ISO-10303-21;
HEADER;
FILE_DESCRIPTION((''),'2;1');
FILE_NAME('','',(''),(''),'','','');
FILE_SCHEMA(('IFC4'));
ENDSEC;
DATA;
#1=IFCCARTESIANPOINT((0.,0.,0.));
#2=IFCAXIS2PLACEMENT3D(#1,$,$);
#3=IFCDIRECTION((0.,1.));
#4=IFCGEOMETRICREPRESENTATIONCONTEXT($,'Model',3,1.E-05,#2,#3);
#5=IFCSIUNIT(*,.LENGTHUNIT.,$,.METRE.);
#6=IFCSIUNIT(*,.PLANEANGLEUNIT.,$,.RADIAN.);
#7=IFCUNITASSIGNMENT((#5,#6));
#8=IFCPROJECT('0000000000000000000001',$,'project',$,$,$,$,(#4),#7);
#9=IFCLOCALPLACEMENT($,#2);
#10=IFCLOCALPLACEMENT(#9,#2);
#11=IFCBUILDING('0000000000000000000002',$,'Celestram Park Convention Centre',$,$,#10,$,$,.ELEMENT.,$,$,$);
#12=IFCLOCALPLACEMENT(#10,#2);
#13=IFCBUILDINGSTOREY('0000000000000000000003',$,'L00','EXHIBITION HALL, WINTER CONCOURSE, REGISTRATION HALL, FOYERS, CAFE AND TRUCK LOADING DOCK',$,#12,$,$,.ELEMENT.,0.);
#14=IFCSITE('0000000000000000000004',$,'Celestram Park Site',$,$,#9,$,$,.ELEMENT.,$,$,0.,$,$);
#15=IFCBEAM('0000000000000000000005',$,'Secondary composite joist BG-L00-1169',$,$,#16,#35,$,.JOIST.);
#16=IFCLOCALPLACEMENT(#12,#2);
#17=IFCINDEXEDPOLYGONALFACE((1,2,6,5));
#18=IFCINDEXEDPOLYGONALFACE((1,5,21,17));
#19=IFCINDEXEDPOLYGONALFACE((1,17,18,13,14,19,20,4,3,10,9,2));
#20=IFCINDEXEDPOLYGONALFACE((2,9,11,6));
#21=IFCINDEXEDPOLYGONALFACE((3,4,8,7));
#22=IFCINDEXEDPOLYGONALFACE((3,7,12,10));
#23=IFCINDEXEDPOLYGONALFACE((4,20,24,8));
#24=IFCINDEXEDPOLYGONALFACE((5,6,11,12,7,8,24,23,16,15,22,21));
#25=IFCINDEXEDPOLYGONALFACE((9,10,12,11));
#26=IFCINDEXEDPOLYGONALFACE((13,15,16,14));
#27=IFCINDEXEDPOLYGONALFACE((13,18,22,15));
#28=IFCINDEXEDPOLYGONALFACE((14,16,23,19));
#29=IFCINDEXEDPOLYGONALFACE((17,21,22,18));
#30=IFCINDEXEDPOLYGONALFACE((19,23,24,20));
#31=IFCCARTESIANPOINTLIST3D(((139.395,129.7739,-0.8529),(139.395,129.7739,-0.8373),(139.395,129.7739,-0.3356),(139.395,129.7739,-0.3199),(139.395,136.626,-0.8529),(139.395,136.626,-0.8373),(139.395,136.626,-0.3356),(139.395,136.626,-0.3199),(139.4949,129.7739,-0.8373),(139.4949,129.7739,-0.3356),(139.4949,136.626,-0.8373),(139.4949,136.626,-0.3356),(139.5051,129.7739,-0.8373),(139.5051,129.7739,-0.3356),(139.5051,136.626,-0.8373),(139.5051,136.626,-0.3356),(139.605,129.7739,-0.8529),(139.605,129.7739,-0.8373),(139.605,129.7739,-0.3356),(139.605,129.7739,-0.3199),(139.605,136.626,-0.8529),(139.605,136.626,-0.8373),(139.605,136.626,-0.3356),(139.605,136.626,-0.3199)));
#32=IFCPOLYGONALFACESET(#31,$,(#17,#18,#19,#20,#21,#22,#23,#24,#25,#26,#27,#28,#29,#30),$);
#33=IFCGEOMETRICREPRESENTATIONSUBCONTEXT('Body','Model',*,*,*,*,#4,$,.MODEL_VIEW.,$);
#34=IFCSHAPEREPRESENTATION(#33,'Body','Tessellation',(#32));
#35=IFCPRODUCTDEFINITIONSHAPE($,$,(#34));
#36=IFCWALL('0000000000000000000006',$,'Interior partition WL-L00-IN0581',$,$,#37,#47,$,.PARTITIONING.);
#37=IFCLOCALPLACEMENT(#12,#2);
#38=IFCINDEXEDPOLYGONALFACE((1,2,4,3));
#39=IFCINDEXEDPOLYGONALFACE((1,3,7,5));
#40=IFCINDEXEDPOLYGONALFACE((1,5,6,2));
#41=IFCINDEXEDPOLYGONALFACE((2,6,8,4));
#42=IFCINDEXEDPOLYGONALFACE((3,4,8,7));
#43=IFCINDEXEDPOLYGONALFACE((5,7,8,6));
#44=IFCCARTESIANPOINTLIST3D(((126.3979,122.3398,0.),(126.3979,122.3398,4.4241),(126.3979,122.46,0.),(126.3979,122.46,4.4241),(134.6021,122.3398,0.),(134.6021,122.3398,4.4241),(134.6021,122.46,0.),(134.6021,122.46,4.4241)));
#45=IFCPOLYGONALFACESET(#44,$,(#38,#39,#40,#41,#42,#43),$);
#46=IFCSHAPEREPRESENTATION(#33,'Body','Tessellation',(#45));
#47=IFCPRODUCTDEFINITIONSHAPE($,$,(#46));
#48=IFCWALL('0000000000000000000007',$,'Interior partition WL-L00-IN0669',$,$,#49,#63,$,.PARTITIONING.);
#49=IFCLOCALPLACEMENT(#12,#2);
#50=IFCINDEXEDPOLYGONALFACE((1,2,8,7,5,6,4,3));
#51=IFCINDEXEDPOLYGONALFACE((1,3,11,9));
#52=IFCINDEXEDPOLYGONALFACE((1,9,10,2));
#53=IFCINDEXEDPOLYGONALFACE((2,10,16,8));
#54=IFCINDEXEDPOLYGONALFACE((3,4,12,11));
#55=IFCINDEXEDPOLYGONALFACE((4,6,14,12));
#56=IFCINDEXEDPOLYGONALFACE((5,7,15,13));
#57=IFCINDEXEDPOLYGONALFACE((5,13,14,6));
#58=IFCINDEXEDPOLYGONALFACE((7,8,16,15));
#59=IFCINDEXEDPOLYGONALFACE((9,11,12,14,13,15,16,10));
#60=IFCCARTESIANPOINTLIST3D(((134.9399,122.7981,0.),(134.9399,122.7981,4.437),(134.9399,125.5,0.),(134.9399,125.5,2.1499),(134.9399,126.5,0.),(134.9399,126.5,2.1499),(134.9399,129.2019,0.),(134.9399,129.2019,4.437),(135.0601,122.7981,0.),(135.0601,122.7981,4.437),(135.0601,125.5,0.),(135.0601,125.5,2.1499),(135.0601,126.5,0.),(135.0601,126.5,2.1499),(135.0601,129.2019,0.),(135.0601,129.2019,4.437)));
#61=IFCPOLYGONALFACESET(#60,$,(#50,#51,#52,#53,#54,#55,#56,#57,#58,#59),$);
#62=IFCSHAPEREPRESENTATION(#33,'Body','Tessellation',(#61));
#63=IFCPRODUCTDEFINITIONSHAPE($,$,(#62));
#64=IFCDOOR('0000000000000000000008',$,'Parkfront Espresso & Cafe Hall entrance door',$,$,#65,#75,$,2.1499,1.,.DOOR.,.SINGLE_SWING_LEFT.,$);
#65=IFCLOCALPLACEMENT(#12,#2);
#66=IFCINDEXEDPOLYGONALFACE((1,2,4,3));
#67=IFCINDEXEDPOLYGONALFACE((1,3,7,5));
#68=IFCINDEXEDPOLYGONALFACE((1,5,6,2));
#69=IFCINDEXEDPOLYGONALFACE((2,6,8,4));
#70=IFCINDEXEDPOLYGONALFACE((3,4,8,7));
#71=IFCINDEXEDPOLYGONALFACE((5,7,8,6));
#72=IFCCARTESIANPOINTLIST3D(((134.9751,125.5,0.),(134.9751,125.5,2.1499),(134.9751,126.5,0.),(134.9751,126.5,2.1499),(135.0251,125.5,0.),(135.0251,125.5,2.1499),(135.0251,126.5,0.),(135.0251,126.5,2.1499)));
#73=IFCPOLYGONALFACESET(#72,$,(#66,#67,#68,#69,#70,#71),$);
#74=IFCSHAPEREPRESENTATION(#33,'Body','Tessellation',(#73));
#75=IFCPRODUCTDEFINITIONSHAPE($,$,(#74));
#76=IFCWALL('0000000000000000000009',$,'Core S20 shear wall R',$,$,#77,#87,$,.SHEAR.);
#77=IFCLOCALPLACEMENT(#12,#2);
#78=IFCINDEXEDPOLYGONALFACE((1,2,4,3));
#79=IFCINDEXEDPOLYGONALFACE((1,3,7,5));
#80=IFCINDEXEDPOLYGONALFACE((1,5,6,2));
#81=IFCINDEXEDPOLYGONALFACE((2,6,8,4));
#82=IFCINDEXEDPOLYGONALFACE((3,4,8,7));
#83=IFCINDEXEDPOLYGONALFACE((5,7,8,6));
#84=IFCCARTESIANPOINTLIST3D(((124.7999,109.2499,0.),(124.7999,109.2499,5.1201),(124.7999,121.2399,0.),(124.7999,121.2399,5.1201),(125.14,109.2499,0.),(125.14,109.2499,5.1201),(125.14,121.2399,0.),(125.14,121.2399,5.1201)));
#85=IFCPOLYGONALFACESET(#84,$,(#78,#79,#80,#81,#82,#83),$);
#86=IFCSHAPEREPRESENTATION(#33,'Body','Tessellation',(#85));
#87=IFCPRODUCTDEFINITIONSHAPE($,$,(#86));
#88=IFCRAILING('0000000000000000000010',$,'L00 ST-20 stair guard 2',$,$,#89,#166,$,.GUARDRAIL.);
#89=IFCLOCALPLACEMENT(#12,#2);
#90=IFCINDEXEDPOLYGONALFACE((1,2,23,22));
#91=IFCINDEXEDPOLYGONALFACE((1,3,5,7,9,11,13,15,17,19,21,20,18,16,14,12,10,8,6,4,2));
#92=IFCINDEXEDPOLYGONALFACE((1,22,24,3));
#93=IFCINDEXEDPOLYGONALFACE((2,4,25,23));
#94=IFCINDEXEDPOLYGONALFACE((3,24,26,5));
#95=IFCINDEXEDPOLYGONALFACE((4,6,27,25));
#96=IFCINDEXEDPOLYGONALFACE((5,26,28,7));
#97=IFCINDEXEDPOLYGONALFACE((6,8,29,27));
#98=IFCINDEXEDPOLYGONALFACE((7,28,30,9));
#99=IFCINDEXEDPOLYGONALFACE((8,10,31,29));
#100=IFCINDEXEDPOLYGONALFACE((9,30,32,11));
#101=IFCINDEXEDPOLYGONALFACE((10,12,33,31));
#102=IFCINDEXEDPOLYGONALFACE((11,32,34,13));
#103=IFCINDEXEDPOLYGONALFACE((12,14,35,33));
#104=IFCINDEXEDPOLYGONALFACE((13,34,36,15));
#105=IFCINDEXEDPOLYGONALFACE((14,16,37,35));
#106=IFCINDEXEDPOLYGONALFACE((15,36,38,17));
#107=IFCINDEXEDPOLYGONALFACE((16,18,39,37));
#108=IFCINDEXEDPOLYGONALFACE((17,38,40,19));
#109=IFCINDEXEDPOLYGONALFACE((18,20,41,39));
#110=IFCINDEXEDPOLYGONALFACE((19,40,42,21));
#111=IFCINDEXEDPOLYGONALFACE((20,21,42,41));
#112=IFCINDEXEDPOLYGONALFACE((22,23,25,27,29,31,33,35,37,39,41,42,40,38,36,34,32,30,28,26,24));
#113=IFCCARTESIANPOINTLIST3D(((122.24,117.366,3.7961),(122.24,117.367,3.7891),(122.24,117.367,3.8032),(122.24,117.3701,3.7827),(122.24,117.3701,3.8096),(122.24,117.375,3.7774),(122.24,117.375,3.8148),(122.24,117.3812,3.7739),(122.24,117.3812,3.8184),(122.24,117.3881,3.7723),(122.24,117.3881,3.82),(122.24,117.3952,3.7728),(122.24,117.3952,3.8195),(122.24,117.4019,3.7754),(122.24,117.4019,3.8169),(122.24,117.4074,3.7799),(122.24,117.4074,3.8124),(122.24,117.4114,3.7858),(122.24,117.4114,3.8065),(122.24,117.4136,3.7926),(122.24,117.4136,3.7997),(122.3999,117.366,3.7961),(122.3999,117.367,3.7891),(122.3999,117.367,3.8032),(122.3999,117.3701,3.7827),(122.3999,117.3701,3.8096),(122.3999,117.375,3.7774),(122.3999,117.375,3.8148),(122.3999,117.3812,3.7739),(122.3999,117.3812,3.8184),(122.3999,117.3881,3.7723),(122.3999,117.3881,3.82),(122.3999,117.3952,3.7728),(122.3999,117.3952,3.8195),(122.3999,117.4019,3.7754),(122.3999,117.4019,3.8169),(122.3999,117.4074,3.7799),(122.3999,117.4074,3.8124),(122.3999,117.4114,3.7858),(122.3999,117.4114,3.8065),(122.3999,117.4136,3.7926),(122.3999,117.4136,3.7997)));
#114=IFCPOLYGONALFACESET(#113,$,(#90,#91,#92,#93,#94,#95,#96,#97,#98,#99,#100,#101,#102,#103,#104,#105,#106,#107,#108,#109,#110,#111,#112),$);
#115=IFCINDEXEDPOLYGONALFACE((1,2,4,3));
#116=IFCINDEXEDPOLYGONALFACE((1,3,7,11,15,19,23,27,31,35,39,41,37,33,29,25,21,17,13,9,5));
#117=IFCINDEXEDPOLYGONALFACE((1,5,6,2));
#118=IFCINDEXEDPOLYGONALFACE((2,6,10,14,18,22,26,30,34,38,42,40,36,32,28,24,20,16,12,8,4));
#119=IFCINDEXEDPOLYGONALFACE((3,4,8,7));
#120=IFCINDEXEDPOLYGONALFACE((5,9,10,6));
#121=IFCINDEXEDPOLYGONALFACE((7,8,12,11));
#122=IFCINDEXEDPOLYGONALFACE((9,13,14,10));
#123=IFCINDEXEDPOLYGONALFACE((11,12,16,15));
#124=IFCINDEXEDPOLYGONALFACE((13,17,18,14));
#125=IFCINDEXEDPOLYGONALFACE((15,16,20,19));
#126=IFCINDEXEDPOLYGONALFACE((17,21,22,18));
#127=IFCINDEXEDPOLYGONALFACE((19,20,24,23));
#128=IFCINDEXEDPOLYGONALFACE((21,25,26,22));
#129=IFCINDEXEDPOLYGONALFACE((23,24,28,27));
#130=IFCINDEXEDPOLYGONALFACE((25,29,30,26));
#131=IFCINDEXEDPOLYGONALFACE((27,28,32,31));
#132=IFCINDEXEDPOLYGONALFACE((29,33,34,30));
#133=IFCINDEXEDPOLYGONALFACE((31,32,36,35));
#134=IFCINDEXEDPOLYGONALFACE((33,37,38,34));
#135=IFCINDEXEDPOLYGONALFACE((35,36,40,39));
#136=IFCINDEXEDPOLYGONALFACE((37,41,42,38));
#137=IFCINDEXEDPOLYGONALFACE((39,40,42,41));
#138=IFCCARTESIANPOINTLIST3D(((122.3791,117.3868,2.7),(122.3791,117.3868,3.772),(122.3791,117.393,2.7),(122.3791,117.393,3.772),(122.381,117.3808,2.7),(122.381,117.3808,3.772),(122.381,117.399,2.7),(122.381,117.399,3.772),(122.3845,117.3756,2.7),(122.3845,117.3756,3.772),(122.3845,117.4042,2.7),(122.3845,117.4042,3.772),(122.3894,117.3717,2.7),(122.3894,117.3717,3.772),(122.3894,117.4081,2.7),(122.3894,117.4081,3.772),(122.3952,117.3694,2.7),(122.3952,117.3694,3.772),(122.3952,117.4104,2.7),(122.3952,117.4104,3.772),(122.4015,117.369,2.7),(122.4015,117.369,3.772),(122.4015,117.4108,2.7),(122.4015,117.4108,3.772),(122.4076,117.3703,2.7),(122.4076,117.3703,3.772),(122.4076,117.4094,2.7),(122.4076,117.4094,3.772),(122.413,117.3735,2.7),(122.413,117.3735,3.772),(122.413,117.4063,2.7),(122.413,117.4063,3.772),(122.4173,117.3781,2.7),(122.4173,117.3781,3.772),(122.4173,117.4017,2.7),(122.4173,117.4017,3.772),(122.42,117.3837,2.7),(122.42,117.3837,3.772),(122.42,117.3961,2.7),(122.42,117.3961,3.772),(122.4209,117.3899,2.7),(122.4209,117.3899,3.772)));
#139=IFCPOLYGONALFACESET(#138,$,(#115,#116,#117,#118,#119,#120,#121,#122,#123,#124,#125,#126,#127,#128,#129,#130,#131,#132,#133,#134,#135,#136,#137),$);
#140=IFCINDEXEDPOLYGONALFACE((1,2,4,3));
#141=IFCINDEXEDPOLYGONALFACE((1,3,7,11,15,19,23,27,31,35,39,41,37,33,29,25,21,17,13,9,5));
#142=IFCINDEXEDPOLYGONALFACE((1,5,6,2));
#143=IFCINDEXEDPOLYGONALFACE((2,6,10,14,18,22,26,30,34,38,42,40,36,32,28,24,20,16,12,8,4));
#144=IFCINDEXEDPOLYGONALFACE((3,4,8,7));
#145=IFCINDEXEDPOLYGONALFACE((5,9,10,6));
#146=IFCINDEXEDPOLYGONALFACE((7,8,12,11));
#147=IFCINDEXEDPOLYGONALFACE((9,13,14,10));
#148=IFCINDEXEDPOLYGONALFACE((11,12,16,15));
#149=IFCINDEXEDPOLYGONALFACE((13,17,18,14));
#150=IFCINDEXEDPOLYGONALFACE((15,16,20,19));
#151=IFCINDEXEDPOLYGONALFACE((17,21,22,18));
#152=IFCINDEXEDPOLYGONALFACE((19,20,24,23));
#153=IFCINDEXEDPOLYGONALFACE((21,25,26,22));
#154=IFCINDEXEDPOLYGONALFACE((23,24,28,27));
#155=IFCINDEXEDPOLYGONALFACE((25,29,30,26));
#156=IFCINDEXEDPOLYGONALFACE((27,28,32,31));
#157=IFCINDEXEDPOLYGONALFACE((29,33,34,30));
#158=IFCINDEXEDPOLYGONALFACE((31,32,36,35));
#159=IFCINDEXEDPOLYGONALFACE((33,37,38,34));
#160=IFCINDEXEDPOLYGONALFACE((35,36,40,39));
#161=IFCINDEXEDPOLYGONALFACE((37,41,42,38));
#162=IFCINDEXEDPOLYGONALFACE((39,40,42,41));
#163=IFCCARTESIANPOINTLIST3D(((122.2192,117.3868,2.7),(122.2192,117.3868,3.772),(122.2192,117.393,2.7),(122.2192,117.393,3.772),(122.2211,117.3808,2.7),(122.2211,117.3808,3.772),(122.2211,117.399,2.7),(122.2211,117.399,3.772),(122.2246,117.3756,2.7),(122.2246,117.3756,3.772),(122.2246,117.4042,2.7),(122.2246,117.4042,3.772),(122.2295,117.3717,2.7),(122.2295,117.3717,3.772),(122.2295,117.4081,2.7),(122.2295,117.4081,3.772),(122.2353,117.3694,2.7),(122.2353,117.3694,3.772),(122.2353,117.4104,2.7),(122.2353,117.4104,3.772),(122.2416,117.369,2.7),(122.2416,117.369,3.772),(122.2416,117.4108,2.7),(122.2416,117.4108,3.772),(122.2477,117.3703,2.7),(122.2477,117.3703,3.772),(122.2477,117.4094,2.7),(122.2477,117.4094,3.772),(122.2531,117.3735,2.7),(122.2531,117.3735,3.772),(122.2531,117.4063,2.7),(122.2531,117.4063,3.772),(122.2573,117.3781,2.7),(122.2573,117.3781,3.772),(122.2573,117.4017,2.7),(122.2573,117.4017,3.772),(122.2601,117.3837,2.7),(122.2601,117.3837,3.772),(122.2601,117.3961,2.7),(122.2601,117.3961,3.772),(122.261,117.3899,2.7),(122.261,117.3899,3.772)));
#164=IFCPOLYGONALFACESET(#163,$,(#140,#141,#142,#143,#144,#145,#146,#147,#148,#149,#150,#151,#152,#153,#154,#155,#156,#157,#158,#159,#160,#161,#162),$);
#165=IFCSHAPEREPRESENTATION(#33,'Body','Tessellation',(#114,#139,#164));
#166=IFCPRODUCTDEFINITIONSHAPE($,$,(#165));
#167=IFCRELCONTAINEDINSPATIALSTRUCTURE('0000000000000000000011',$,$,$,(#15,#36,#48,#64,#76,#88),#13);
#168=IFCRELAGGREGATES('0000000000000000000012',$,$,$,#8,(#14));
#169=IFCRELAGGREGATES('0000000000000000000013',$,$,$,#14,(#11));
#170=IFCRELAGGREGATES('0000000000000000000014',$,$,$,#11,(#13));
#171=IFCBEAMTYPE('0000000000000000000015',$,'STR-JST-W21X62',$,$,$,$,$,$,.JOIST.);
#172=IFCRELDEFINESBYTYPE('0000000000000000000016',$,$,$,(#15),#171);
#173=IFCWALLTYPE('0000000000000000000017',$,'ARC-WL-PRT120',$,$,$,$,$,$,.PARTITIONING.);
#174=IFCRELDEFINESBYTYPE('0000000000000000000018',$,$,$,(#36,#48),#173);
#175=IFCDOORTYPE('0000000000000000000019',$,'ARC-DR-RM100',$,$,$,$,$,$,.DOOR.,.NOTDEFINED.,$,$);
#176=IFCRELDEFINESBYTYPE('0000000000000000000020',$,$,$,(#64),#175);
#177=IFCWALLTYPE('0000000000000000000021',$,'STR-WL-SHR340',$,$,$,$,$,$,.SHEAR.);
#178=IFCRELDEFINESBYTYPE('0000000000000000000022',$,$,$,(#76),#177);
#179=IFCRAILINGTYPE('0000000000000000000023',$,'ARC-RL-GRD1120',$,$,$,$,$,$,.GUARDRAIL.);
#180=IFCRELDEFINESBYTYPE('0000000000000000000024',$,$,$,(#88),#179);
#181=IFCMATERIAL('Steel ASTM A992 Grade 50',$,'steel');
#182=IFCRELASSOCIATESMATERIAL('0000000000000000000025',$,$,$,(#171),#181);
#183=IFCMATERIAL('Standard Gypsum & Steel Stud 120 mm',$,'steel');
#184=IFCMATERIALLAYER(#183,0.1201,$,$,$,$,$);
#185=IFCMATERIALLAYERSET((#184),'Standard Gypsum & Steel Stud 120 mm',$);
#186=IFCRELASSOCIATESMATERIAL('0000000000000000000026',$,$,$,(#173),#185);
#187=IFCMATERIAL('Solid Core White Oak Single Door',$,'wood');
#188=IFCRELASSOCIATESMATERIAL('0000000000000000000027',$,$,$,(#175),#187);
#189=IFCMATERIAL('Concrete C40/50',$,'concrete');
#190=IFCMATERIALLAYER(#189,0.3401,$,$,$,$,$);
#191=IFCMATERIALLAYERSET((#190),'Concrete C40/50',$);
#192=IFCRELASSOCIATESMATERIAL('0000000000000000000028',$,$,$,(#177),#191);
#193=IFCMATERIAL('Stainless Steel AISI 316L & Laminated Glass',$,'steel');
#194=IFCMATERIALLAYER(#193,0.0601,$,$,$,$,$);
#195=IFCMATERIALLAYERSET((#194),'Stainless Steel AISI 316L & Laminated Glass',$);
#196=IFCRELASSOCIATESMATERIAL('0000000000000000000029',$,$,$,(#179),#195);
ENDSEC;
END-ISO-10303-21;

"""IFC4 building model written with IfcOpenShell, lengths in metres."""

from ifc_helpers import new_model, si_unit, direction, frame, frame_2d, origin, origin_2d, place, context, subcontext, project, spatial, rectangle, circle, i_section, extrude, material, layer, layer_set, material_profile, profile_set, type_object, element, fill, save


model = new_model("IFC4")

# Units and contexts
model_context = context("Model", 3, precision=1e-05, world=origin(), true_north=direction((0.0, 1.0)))
body_context = subcontext(model_context, "Body", "Model", "MODEL_VIEW")
ifc_project = project(units=[si_unit("LENGTHUNIT", "METRE"), si_unit("PLANEANGLEUNIT", "RADIAN")], contexts=[model_context])

# Site, building, storey
site_placement = place(None, origin())
site = spatial("IfcSite", under=ifc_project, at=site_placement, Name="Celestram Park Site", CompositionType="ELEMENT", RefElevation=0.0)
building_placement = place(site_placement, origin())
building = spatial("IfcBuilding", under=site, at=building_placement, Name="Celestram Park Convention Centre", CompositionType="ELEMENT")
storey_placement = place(building_placement, origin())
storey = spatial("IfcBuildingStorey", under=building, at=storey_placement, Name="L00", Description="EXHIBITION HALL, WINTER CONCOURSE, REGISTRATION HALL, FOYERS, CAFE AND TRUCK LOADING DOCK", CompositionType="ELEMENT", Elevation=0.0)

# Shared definitions
ifc_material_1 = material(Name="Concrete C40/50", Category="concrete")

# Beam
ifc_material_2 = material(Name="Steel ASTM A992 Grade 50", Category="steel")
ifc_material_profile_1 = material_profile(ifc_material_2, i_section(OverallWidth=0.21, OverallDepth=0.533, WebThickness=0.0103, FlangeThickness=0.0156, at=origin_2d()), Name="W21X62")
ifc_profile_set_1 = profile_set([ifc_material_profile_1], Name="Steel ASTM A992 Grade 50")
beam_type_1 = type_object("IfcBeamType", Name="STR-JST-W21X62", PredefinedType="JOIST", material=ifc_profile_set_1)
for number, where, z_axis, x_axis, name in (
    (1, (139.5, 129.7739, -0.5864), (0.0, 1.0, 0.0), (-1.0, 0.0, 0.0), "Secondary composite joist BG-L00-1169"),
):
    element("IfcBeam", number, at=place(storey_placement, frame(where, z_axis=z_axis, x_axis=x_axis)), inside=storey, type_object=beam_type_1, Name=name, PredefinedType="JOIST", context=body_context, shape_type="SweptSolid", body=[
        extrude(i_section(OverallWidth=0.21, OverallDepth=0.533, WebThickness=0.0103, FlangeThickness=0.0156, at=origin_2d()), origin(), (0.0, 0.0, 1.0), 6.8521),
    ])

# Wall
ifc_material_3 = material(Name="Standard Gypsum & Steel Stud 120 mm", Category="steel")
ifc_layer_1 = layer(ifc_material_3, 0.1201)
ifc_layer_set_1 = layer_set([ifc_layer_1], Name="Standard Gypsum & Steel Stud 120 mm")
wall_type_1 = type_object("IfcWallType", Name="ARC-WL-PRT120", PredefinedType="PARTITIONING", material=ifc_layer_set_1)
wall_1_placement = place(storey_placement, frame((126.3979, 122.3999, 0.0), z_axis=(0.0, 0.0, 1.0), x_axis=(1.0, 0.0, 0.0)))
element("IfcWall", 2, at=wall_1_placement, inside=storey, type_object=wall_type_1, Name="Interior partition WL-L00-IN0581", PredefinedType="PARTITIONING", context=body_context, shape_type="SweptSolid", body=[
    extrude(rectangle(XDim=8.2041, YDim=0.1201, at=frame_2d((4.1021, 0.0))), origin(), (0.0, 0.0, 1.0), 4.4241),
])

# Wall, opening, door
wall_2_placement = place(storey_placement, frame((135.0, 122.7981, 0.0), z_axis=(0.0, 0.0, 1.0), x_axis=(0.0, 1.0, 0.0)))
wall_2 = element("IfcWall", 3, at=wall_2_placement, inside=storey, type_object=wall_type_1, Name="Interior partition WL-L00-IN0669", PredefinedType="PARTITIONING", context=body_context, shape_type="SweptSolid", body=[
    extrude(rectangle(XDim=6.4038, YDim=0.1201, at=frame_2d((3.2019, 0.0))), origin(), (0.0, 0.0, 1.0), 4.437),
])
opening_placement = place(wall_2_placement, frame((2.7019, 0.0, 0.0)))
opening = element("IfcOpeningElement", 4, at=opening_placement, cuts=wall_2, PredefinedType="OPENING", context=body_context, shape_type="SweptSolid", body=[
    extrude(rectangle(XDim=1.0, YDim=2.1499, at=frame_2d((0.5, 1.075))), frame((0.0, 0.0701, 0.0), z_axis=(0.0, -1.0, 0.0), x_axis=(1.0, 0.0, 0.0)), (0.0, 0.0, 1.0), 0.1401),
])
ifc_material_4 = material(Name="Solid Core White Oak Single Door", Category="wood")
door_type = type_object("IfcDoorType", Name="ARC-DR-RM100", OperationType="NOTDEFINED", PredefinedType="DOOR", material=ifc_material_4)
door_placement = place(opening_placement, origin())
door = element("IfcDoor", 5, at=door_placement, inside=storey, type_object=door_type, Name="Parkfront Espresso & Cafe Hall entrance door", OperationType="SINGLE_SWING_LEFT", OverallHeight=2.1499, OverallWidth=1.0, PredefinedType="DOOR", context=body_context, shape_type="SweptSolid", body=[
    extrude(rectangle(XDim=1.0, YDim=2.1499, at=frame_2d((0.5, 1.075))), frame((0.0, 0.0249, 0.0), z_axis=(0.0, -1.0, 0.0), x_axis=(1.0, 0.0, 0.0)), (0.0, 0.0, 1.0), 0.05),
])
fill(opening, door)

# Wall
ifc_layer_2 = layer(ifc_material_1, 0.3401)
ifc_layer_set_2 = layer_set([ifc_layer_2], Name="Concrete C40/50")
wall_type_2 = type_object("IfcWallType", Name="STR-WL-SHR340", PredefinedType="SHEAR", material=ifc_layer_set_2)
wall_3_placement = place(storey_placement, frame((124.97, 121.24, 0.0), z_axis=(0.0, 0.0, 1.0), x_axis=(0.0, -1.0, 0.0)))
element("IfcWall", 6, at=wall_3_placement, inside=storey, type_object=wall_type_2, Name="Core S20 shear wall R", PredefinedType="SHEAR", context=body_context, shape_type="SweptSolid", body=[
    extrude(rectangle(XDim=11.99, YDim=0.3401, at=frame_2d((5.9951, 0.0))), origin(), (0.0, 0.0, 1.0), 5.1201),
])

# Railing
ifc_material_5 = material(Name="Stainless Steel AISI 316L & Laminated Glass", Category="steel")
ifc_layer_3 = layer(ifc_material_5, 0.0601)
ifc_layer_set_3 = layer_set([ifc_layer_3], Name="Stainless Steel AISI 316L & Laminated Glass")
railing_type_1 = type_object("IfcRailingType", Name="ARC-RL-GRD1120", PredefinedType="GUARDRAIL", material=ifc_layer_set_3)
railing_1_placement = place(storey_placement, frame((122.3999, 117.3899, 2.7)))
element("IfcRailing", 7, at=railing_1_placement, inside=storey, type_object=railing_type_1, Name="L00 ST-20 stair guard 2", PredefinedType="GUARDRAIL", context=body_context, shape_type="SweptSolid", body=[
    extrude(circle(Radius=0.0239, at=origin_2d()), frame((0.0, 0.0, 1.0962), z_axis=(-1.0, 0.0, 0.0), x_axis=(0.0, -1.0, 0.0)), (0.0, 0.0, 1.0), 0.1599),
    extrude(circle(Radius=0.021, at=origin_2d()), origin(), (0.0, 0.0, 1.0), 1.072),
    extrude(circle(Radius=0.021, at=origin_2d()), frame((-0.1599, 0.0, 0.0)), (0.0, 0.0, 1.0), 1.072),
])

save(model, "model.ifc")
